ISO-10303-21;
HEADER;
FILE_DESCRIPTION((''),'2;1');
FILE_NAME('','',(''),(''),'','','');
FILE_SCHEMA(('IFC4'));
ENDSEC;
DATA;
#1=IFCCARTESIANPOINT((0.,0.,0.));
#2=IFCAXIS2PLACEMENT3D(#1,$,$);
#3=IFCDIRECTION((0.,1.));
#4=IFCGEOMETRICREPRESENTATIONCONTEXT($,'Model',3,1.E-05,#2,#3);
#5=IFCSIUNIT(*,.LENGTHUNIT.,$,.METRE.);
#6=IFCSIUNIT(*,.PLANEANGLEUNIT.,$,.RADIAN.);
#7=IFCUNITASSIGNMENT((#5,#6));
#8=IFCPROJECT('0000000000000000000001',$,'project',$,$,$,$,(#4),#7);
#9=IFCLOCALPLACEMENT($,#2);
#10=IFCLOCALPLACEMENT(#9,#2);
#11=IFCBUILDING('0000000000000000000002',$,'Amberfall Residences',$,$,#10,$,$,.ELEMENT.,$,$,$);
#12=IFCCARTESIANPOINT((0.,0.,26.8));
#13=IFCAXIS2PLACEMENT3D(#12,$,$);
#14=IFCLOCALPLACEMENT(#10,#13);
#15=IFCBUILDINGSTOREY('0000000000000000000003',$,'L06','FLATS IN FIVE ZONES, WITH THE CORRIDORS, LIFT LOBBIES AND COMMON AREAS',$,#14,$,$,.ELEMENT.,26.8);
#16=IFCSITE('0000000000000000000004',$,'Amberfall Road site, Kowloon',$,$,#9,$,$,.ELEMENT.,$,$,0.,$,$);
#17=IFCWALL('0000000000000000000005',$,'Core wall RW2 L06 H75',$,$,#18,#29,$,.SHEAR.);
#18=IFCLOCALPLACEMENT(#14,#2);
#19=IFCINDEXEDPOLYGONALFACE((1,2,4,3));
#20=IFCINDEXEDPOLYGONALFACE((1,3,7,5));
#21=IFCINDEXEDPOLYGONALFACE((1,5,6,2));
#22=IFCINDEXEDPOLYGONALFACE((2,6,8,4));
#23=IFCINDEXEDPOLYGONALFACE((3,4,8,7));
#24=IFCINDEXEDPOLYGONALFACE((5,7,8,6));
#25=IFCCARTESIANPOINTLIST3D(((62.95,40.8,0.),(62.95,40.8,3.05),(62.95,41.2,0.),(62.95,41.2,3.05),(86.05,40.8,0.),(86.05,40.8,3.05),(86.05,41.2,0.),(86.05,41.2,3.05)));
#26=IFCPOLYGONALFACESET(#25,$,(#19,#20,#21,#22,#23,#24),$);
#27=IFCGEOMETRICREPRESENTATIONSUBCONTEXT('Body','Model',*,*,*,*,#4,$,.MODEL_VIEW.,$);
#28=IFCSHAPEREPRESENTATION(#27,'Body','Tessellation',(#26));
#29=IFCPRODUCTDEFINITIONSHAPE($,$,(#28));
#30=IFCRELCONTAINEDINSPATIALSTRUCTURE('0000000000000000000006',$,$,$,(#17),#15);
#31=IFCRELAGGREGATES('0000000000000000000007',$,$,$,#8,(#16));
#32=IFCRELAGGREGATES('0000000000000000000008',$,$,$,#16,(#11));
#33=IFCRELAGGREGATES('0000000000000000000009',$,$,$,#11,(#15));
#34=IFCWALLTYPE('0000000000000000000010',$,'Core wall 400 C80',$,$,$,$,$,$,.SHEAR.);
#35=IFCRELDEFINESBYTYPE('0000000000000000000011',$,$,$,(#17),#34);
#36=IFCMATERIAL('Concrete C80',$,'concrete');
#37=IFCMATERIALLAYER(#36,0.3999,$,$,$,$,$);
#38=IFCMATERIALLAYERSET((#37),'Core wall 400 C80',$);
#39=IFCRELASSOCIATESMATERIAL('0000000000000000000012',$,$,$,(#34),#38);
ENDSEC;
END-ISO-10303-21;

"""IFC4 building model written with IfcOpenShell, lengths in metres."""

from ifc_helpers import new_model, si_unit, direction, frame, frame_2d, origin, place, context, subcontext, project, spatial, rectangle, extrude, material, layer, layer_set, type_object, element, save


model = new_model("IFC4")

# Units and contexts
model_context = context("Model", 3, precision=1e-05, world=origin(), true_north=direction((0.0, 1.0)))
body_context = subcontext(model_context, "Body", "Model", "MODEL_VIEW")
ifc_project = project(units=[si_unit("LENGTHUNIT", "METRE"), si_unit("PLANEANGLEUNIT", "RADIAN")], contexts=[model_context])

# Site, building, storey
site_placement = place(None, origin())
site = spatial("IfcSite", under=ifc_project, at=site_placement, Name="Amberfall Road site, Kowloon", CompositionType="ELEMENT", RefElevation=0.0)
building_placement = place(site_placement, origin())
building = spatial("IfcBuilding", under=site, at=building_placement, Name="Amberfall Residences", CompositionType="ELEMENT")
storey_placement = place(building_placement, frame((0.0, 0.0, 26.8)))
storey = spatial("IfcBuildingStorey", under=building, at=storey_placement, Name="L06", Description="FLATS IN FIVE ZONES, WITH THE CORRIDORS, LIFT LOBBIES AND COMMON AREAS", CompositionType="ELEMENT", Elevation=26.8)

# Wall
ifc_material_1 = material(Name="Concrete C80", Category="concrete")
ifc_layer = layer(ifc_material_1, 0.3999)
ifc_layer_set = layer_set([ifc_layer], Name="Core wall 400 C80")
wall_type = type_object("IfcWallType", Name="Core wall 400 C80", PredefinedType="SHEAR", material=ifc_layer_set)
wall_1_placement = place(storey_placement, frame((62.95, 41.0, 0.0), z_axis=(0.0, 0.0, 1.0), x_axis=(1.0, 0.0, 0.0)))
element("IfcWall", 1, at=wall_1_placement, inside=storey, type_object=wall_type, Name="Core wall RW2 L06 H75", PredefinedType="SHEAR", context=body_context, shape_type="SweptSolid", body=[
    extrude(rectangle(XDim=23.1001, YDim=0.3999, at=frame_2d((11.55, 0.0))), origin(), (0.0, 0.0, 1.0), 3.05),
])

save(model, "model.ifc")
